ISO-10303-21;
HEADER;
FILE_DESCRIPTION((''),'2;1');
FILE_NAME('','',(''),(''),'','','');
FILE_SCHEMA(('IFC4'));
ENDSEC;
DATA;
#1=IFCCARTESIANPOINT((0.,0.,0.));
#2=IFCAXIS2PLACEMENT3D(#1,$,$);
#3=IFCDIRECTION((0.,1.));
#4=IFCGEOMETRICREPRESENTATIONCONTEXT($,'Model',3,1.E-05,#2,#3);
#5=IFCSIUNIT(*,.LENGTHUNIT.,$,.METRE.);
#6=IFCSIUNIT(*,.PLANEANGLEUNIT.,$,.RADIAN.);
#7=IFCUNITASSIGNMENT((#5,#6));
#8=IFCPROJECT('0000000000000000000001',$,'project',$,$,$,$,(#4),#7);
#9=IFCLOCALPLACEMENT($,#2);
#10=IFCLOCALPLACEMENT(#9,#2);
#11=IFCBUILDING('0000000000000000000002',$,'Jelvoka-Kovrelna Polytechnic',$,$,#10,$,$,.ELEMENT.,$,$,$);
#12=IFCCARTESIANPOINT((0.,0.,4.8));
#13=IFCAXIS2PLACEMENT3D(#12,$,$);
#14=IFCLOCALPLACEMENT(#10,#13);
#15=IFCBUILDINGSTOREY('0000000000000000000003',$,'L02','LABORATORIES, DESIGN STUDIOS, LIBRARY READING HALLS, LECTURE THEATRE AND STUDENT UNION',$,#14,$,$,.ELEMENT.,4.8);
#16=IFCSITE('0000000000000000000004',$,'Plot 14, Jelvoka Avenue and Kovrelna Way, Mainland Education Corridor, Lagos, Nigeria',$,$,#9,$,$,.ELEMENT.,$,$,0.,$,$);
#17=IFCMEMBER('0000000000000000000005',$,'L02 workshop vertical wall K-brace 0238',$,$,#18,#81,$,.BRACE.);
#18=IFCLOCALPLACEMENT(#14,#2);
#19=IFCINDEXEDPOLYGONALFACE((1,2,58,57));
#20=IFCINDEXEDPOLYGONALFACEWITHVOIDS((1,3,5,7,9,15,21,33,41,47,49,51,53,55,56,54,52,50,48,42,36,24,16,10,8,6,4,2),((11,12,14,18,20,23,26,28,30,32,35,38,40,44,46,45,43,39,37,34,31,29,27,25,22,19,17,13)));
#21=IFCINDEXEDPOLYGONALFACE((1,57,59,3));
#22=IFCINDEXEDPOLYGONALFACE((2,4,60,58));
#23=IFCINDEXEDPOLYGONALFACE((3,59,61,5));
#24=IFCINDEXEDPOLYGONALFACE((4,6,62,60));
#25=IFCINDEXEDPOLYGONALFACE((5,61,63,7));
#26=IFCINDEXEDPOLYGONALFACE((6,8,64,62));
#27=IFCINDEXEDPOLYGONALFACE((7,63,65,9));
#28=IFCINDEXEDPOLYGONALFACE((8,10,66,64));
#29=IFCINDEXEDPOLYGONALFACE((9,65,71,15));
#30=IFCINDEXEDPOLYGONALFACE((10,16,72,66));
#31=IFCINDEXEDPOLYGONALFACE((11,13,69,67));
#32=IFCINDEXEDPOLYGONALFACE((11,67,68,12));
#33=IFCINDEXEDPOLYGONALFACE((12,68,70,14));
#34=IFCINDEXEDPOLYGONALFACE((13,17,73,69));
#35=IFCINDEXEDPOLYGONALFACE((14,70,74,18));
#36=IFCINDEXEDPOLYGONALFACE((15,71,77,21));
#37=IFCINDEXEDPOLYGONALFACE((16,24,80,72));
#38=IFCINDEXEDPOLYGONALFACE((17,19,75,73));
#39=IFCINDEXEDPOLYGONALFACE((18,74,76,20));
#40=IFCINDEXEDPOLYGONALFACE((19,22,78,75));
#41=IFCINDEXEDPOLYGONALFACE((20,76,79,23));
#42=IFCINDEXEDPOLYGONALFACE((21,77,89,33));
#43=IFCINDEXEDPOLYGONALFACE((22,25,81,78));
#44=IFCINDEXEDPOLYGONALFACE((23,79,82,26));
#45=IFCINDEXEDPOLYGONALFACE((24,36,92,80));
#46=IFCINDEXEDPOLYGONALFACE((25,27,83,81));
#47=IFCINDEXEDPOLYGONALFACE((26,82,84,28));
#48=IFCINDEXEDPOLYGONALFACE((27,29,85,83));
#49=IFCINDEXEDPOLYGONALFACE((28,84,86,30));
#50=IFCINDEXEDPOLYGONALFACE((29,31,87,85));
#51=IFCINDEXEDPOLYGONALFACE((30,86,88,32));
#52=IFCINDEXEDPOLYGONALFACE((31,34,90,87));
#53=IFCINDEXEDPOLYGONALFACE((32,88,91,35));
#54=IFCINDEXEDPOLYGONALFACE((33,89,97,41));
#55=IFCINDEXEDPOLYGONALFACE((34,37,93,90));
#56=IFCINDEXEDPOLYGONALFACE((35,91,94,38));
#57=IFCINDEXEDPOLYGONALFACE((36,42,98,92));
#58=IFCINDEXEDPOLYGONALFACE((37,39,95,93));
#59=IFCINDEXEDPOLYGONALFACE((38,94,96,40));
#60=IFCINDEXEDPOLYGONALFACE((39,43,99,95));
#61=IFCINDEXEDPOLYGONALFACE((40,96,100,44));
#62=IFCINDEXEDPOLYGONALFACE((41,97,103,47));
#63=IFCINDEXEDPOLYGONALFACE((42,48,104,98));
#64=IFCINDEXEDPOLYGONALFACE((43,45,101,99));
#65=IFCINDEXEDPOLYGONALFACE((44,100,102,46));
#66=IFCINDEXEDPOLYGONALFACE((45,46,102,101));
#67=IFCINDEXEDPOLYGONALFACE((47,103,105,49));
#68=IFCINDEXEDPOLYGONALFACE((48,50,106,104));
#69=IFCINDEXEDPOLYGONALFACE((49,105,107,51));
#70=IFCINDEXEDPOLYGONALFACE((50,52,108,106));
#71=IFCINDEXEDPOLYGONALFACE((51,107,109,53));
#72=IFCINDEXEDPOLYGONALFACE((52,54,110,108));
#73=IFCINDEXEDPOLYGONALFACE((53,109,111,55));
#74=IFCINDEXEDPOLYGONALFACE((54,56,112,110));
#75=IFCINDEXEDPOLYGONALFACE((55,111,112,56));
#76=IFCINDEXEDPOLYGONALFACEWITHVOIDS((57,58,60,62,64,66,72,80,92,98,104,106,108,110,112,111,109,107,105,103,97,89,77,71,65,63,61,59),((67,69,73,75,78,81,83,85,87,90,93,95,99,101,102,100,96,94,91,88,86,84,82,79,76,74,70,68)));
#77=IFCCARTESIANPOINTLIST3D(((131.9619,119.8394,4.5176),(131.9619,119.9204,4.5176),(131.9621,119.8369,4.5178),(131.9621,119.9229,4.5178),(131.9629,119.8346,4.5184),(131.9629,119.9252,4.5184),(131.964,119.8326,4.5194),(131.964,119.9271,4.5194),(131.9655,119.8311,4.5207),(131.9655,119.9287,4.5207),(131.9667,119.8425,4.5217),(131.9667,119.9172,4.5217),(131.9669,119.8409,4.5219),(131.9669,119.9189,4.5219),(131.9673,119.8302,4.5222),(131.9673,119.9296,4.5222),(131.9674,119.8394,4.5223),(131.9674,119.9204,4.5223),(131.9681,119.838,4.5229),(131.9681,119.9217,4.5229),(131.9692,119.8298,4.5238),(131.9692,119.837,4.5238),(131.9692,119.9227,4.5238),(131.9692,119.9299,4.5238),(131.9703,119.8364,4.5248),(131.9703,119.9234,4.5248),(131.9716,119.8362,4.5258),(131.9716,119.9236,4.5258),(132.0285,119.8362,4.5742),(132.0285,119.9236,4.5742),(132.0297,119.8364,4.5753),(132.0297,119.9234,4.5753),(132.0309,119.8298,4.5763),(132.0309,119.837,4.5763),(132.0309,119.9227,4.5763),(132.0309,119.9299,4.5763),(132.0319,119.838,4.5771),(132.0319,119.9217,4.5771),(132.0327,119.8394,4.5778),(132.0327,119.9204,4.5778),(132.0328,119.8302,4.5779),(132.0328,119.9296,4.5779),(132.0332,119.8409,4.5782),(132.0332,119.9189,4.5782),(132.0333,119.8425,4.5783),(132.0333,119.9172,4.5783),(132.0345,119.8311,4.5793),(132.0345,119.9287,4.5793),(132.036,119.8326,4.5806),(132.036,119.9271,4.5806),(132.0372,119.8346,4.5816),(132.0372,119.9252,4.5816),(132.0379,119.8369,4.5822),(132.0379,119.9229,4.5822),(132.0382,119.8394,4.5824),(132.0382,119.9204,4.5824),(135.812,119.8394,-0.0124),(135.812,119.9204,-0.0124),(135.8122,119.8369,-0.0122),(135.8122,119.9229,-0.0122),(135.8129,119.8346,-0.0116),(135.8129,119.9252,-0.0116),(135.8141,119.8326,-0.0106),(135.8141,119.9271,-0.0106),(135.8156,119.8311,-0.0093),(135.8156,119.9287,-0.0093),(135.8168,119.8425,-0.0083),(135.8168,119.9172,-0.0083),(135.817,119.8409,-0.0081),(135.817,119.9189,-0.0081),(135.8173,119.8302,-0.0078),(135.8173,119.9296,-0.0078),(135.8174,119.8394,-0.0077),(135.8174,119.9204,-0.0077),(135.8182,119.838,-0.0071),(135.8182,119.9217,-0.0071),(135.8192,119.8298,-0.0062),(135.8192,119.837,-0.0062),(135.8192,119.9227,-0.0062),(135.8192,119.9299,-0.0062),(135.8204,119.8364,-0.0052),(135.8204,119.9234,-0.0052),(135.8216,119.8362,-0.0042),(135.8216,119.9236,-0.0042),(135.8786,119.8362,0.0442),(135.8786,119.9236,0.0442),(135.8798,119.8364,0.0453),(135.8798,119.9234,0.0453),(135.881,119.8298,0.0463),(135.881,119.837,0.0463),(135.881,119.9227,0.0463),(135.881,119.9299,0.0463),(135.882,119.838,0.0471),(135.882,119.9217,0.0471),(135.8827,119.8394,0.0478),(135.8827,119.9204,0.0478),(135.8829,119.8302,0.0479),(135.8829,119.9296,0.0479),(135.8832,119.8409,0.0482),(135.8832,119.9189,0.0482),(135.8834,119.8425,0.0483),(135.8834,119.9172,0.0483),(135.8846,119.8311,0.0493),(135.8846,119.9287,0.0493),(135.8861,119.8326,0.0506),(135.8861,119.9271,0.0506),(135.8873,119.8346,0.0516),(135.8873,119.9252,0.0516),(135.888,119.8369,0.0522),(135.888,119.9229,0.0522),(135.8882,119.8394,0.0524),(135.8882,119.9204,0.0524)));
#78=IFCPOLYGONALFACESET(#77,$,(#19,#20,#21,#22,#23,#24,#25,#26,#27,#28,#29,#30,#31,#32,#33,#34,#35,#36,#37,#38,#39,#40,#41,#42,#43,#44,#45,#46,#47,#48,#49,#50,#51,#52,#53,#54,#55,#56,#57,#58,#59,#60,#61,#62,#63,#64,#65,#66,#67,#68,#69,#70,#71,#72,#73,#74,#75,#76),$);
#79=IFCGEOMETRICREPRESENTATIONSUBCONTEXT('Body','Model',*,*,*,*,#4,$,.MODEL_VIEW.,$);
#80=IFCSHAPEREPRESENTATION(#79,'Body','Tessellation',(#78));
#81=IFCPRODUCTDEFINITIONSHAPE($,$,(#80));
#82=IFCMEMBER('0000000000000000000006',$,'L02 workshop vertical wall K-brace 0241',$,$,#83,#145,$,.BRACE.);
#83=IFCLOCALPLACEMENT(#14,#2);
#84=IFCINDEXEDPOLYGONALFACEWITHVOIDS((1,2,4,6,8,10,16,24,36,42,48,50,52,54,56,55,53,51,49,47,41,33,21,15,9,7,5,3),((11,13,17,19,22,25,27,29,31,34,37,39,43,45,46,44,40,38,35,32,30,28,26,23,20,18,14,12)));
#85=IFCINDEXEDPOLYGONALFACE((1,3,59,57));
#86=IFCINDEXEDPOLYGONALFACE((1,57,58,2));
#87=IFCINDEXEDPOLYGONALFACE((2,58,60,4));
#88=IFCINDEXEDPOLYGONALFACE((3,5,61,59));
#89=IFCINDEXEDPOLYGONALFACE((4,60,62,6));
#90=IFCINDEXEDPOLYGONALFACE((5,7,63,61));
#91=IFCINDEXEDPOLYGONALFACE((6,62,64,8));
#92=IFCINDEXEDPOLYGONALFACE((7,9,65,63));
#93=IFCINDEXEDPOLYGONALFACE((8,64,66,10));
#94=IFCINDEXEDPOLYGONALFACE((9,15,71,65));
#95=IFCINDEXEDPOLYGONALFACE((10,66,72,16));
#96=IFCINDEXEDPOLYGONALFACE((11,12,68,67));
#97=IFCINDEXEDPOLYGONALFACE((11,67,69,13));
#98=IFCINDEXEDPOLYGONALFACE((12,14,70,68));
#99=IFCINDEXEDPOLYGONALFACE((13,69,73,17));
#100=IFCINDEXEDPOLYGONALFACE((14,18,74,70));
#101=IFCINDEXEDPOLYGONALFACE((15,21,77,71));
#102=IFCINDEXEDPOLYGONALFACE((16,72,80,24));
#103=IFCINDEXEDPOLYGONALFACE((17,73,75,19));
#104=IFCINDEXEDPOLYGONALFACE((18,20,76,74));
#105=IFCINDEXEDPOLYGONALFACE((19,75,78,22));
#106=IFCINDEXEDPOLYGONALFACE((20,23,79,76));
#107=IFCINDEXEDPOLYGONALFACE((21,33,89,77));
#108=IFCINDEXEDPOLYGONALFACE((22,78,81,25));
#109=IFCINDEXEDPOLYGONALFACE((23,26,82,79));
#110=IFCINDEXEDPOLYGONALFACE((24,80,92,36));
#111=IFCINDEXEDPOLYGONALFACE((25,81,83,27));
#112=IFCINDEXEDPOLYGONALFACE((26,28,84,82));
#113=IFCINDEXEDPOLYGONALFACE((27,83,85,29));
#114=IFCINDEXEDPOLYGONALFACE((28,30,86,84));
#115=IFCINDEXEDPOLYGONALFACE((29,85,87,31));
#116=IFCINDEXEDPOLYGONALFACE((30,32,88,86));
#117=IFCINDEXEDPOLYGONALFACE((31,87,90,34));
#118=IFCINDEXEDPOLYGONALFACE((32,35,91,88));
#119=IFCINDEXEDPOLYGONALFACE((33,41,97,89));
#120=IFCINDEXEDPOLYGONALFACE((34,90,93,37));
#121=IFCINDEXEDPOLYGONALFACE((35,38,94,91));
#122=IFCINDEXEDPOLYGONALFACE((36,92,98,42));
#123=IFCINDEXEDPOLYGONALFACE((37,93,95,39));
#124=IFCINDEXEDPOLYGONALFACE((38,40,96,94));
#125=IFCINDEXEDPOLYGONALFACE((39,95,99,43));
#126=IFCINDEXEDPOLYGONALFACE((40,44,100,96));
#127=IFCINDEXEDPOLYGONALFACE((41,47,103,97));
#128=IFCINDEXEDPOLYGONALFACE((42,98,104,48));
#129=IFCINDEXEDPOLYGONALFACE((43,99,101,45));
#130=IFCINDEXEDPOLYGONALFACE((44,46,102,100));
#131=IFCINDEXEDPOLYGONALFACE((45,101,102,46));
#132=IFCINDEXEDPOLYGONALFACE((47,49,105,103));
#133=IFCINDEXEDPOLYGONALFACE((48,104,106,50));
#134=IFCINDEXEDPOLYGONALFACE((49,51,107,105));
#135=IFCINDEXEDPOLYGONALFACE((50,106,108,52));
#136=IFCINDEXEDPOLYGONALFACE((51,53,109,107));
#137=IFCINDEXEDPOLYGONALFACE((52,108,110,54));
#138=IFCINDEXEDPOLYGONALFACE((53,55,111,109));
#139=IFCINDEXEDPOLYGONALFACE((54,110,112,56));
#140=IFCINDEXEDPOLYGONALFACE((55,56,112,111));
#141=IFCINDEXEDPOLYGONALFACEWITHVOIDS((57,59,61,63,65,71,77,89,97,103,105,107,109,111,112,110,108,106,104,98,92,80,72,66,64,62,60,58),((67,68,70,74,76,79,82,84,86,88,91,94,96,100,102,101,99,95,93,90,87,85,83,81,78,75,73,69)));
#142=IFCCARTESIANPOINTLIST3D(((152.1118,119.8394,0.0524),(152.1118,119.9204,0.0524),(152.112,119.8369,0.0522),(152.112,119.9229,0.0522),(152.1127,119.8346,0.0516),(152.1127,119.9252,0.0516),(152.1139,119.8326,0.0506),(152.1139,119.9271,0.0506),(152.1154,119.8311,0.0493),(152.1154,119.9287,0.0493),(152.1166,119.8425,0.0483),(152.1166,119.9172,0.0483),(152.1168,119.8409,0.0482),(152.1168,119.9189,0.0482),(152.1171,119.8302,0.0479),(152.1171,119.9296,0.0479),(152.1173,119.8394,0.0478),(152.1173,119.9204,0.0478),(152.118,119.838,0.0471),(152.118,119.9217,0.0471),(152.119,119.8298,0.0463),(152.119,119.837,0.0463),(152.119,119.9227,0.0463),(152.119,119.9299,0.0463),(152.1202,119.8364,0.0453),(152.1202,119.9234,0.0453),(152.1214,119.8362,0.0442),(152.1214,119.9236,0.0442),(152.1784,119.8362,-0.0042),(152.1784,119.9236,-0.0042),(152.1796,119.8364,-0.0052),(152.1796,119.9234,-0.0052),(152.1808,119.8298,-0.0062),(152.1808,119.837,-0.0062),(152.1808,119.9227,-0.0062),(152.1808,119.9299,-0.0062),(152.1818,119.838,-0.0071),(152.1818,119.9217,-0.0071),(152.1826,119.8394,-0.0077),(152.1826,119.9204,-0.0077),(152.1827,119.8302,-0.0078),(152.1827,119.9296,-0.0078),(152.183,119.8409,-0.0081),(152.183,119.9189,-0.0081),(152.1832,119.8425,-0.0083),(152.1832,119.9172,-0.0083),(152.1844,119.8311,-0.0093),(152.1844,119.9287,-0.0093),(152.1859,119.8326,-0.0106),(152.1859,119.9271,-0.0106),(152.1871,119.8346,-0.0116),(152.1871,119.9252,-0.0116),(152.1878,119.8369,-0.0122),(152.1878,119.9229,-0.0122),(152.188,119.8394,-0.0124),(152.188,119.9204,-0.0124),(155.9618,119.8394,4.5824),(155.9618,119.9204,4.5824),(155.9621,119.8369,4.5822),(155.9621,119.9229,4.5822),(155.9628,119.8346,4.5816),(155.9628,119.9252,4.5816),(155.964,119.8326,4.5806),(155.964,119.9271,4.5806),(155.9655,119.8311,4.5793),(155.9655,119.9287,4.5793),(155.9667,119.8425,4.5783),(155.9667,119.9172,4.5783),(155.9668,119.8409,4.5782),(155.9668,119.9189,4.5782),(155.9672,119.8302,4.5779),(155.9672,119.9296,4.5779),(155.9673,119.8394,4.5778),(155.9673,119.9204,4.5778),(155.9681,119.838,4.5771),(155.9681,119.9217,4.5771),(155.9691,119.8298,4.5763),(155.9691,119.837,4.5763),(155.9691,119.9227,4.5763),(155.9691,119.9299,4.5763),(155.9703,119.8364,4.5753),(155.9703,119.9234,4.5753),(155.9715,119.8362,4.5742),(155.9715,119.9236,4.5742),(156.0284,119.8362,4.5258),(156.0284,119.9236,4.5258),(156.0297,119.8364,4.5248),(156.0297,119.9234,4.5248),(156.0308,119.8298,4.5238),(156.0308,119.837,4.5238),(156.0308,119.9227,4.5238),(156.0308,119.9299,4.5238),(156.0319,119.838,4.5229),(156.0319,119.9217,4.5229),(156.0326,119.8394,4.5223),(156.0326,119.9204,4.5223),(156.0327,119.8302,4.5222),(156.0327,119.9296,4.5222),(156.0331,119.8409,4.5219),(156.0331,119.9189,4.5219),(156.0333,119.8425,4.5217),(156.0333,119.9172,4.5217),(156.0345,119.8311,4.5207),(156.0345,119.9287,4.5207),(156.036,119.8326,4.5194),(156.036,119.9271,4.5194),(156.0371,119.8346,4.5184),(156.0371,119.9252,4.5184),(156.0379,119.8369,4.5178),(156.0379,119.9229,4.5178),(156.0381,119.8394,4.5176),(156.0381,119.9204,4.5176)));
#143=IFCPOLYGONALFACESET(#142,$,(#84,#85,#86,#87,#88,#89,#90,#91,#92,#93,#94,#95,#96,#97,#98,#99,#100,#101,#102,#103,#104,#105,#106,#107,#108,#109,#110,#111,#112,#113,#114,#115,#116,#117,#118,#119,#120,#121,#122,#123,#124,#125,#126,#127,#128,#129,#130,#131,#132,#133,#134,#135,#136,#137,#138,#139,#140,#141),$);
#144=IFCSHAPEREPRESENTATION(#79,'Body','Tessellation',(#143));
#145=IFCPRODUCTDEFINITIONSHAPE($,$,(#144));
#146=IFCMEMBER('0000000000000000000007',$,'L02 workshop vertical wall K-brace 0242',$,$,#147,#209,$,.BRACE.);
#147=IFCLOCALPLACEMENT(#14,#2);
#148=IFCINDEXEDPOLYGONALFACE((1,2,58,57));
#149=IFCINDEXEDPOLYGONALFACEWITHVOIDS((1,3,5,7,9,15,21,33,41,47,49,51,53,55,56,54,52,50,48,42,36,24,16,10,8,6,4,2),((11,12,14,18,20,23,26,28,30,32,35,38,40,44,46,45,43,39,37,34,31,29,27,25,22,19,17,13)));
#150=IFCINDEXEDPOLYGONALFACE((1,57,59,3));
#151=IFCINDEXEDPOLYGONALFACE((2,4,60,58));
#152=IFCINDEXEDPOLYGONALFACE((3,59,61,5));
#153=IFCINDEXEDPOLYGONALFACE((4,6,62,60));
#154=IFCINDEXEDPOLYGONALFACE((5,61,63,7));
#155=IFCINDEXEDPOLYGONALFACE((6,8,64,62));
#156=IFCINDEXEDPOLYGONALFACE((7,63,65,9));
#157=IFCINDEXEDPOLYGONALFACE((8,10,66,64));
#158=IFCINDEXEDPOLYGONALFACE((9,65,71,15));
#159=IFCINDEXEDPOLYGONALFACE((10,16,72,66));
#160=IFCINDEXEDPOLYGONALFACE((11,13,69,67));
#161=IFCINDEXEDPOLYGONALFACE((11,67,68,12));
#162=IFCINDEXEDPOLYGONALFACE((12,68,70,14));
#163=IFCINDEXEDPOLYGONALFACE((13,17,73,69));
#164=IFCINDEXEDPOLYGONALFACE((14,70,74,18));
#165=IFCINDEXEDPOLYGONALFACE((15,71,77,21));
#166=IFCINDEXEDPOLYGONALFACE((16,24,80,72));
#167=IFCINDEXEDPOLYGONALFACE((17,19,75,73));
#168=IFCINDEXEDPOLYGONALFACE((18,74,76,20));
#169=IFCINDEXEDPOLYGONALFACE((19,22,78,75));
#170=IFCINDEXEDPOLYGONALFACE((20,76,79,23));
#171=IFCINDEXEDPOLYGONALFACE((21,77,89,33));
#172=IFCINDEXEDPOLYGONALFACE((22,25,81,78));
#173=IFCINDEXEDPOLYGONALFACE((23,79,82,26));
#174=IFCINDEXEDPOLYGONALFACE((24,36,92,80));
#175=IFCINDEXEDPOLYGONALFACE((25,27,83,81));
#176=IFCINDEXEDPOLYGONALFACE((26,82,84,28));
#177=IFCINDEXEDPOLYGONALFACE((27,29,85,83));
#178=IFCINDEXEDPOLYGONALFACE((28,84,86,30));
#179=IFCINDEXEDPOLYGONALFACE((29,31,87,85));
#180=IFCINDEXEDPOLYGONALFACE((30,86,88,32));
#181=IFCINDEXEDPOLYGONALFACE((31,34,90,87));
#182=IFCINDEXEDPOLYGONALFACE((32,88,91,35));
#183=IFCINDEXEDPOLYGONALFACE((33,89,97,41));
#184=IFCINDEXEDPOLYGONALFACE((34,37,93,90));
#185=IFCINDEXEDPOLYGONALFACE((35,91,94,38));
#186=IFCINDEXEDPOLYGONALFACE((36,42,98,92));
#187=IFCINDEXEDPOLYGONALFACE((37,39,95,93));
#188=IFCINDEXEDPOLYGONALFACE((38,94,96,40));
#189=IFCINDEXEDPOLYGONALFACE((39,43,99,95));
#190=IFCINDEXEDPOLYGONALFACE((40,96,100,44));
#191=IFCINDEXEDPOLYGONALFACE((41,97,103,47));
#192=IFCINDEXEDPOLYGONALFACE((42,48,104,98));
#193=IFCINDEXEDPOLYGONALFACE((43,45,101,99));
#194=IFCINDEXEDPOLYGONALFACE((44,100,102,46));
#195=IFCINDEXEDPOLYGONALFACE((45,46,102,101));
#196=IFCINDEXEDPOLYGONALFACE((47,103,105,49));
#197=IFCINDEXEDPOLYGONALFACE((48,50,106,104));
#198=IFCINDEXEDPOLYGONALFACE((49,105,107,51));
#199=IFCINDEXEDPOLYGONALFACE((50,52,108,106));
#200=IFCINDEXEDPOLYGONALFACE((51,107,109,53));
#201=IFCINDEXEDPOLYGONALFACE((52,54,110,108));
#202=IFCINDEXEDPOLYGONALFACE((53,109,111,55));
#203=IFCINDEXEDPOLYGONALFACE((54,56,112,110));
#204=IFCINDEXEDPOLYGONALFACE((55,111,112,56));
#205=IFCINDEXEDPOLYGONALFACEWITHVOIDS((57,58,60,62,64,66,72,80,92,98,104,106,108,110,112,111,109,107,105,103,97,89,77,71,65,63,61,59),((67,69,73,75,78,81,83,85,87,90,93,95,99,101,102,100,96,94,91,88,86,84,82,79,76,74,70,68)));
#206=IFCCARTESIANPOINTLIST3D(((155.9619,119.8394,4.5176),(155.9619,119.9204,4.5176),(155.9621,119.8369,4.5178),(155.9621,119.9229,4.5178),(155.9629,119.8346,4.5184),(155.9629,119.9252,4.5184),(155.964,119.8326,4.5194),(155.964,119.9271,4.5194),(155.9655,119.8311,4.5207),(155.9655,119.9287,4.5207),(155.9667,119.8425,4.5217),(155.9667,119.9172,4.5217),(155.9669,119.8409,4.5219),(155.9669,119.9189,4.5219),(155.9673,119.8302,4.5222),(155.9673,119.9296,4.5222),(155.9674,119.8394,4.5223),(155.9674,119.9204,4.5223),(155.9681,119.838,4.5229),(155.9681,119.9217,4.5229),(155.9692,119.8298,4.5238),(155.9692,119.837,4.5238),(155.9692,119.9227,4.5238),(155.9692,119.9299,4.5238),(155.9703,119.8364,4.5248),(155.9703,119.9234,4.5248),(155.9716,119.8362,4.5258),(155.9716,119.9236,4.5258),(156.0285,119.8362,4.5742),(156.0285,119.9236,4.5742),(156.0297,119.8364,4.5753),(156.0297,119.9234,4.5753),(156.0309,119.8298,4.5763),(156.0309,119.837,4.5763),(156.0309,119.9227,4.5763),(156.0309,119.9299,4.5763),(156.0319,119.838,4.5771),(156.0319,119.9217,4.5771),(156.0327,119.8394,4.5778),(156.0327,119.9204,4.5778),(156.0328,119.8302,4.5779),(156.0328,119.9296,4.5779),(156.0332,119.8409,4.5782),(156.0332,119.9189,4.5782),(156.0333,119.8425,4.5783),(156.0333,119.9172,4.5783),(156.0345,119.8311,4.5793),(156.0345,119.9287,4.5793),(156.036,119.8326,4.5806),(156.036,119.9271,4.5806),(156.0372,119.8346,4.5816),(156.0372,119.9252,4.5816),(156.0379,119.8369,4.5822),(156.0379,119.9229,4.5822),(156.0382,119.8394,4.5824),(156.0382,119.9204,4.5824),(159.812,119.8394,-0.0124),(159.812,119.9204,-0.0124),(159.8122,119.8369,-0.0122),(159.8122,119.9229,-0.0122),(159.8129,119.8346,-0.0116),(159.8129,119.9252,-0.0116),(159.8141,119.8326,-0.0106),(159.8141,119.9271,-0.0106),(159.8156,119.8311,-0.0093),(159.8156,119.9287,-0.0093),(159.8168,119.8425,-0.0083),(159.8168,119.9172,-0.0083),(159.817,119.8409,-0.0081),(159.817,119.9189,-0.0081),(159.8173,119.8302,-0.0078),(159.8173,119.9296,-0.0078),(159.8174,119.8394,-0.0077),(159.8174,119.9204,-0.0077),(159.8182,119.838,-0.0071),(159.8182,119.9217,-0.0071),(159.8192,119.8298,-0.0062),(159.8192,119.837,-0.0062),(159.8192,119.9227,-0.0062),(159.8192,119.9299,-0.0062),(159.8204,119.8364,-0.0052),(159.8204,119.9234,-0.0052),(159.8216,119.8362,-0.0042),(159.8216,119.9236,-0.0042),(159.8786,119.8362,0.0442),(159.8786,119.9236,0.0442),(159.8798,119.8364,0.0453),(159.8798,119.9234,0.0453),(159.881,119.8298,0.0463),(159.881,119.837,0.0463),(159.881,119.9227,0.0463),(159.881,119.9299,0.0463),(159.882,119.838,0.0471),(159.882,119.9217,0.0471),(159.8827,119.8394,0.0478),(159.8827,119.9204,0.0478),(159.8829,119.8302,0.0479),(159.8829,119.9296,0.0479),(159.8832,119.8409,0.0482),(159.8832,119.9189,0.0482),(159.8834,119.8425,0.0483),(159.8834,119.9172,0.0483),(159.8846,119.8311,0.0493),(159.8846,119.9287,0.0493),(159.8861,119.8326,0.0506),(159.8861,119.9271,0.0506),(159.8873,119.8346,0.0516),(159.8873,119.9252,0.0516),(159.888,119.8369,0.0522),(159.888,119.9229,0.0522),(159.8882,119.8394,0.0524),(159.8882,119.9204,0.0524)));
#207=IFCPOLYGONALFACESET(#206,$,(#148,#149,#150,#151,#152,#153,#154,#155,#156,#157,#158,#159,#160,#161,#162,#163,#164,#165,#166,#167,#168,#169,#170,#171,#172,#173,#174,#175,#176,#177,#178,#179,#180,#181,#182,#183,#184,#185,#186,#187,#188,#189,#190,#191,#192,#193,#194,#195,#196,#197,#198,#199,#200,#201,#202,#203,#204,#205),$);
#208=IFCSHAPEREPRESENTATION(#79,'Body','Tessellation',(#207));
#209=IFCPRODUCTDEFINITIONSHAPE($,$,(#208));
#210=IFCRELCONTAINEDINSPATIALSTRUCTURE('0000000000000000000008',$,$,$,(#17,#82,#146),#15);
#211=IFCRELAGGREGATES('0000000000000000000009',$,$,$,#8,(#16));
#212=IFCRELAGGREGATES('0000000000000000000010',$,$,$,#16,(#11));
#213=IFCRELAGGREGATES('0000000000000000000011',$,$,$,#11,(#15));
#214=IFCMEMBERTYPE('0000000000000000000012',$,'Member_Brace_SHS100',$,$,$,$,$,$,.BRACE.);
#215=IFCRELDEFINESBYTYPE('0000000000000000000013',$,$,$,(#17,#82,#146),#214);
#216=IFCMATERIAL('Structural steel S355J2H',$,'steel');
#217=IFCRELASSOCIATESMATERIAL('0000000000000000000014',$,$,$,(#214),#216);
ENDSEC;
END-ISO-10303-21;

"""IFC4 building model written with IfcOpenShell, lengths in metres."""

from ifc_helpers import new_model, si_unit, direction, frame, origin, origin_2d, place, context, subcontext, project, spatial, hollow_rectangle, extrude, material, material_profile, profile_set, type_object, element, save


model = new_model("IFC4")

# Units and contexts
model_context = context("Model", 3, precision=1e-05, world=origin(), true_north=direction((0.0, 1.0)))
body_context = subcontext(model_context, "Body", "Model", "MODEL_VIEW")
ifc_project = project(units=[si_unit("LENGTHUNIT", "METRE"), si_unit("PLANEANGLEUNIT", "RADIAN")], contexts=[model_context])

# Site, building, storey
site_placement = place(None, origin())
site = spatial("IfcSite", under=ifc_project, at=site_placement, Name="Plot 14, Jelvoka Avenue and Kovrelna Way, Mainland Education Corridor, Lagos, Nigeria", CompositionType="ELEMENT", RefElevation=0.0)
building_placement = place(site_placement, origin())
building = spatial("IfcBuilding", under=site, at=building_placement, Name="Jelvoka-Kovrelna Polytechnic", CompositionType="ELEMENT")
storey_placement = place(building_placement, frame((0.0, 0.0, 4.8)))
storey = spatial("IfcBuildingStorey", under=building, at=storey_placement, Name="L02", Description="LABORATORIES, DESIGN STUDIOS, LIBRARY READING HALLS, LECTURE THEATRE AND STUDENT UNION", CompositionType="ELEMENT", Elevation=4.8)

# Members
ifc_material_1 = material(Name="Structural steel S355J2H", Category="steel")
ifc_material_profile_1 = material_profile(ifc_material_1, hollow_rectangle(XDim=0.1001, YDim=0.1001, WallThickness=0.0063, InnerFilletRadius=0.0063, OuterFilletRadius=0.0095, at=origin_2d()), Name="100x100x6.3 SHS")
ifc_profile_set_1 = profile_set([ifc_material_profile_1], Name="Structural steel S355J2H")
member_type = type_object("IfcMemberType", Name="Member_Brace_SHS100", PredefinedType="BRACE", material=ifc_profile_set_1)
for number, where, z_axis, x_axis, name in (
    (1, (135.8501, 119.8799, 0.02), (-0.647607, 0.0, 0.761975), (0.0, -1.0, 0.0), "L02 workshop vertical wall K-brace 0238"),
    (2, (152.1499, 119.8799, 0.02), (0.647607, 0.0, 0.761975), (0.0, 1.0, 0.0), "L02 workshop vertical wall K-brace 0241"),
    (3, (159.8501, 119.8799, 0.02), (-0.647607, 0.0, 0.761975), (0.0, -1.0, 0.0), "L02 workshop vertical wall K-brace 0242"),
):
    element("IfcMember", number, at=place(storey_placement, frame(where, z_axis=z_axis, x_axis=x_axis)), inside=storey, type_object=member_type, Name=name, PredefinedType="BRACE", context=body_context, shape_type="SweptSolid", body=[
        extrude(hollow_rectangle(XDim=0.1001, YDim=0.1001, WallThickness=0.0063, InnerFilletRadius=0.0063, OuterFilletRadius=0.0095, at=origin_2d()), origin(), (0.0, 0.0, 1.0), 5.9451),
    ])

save(model, "model.ifc")
